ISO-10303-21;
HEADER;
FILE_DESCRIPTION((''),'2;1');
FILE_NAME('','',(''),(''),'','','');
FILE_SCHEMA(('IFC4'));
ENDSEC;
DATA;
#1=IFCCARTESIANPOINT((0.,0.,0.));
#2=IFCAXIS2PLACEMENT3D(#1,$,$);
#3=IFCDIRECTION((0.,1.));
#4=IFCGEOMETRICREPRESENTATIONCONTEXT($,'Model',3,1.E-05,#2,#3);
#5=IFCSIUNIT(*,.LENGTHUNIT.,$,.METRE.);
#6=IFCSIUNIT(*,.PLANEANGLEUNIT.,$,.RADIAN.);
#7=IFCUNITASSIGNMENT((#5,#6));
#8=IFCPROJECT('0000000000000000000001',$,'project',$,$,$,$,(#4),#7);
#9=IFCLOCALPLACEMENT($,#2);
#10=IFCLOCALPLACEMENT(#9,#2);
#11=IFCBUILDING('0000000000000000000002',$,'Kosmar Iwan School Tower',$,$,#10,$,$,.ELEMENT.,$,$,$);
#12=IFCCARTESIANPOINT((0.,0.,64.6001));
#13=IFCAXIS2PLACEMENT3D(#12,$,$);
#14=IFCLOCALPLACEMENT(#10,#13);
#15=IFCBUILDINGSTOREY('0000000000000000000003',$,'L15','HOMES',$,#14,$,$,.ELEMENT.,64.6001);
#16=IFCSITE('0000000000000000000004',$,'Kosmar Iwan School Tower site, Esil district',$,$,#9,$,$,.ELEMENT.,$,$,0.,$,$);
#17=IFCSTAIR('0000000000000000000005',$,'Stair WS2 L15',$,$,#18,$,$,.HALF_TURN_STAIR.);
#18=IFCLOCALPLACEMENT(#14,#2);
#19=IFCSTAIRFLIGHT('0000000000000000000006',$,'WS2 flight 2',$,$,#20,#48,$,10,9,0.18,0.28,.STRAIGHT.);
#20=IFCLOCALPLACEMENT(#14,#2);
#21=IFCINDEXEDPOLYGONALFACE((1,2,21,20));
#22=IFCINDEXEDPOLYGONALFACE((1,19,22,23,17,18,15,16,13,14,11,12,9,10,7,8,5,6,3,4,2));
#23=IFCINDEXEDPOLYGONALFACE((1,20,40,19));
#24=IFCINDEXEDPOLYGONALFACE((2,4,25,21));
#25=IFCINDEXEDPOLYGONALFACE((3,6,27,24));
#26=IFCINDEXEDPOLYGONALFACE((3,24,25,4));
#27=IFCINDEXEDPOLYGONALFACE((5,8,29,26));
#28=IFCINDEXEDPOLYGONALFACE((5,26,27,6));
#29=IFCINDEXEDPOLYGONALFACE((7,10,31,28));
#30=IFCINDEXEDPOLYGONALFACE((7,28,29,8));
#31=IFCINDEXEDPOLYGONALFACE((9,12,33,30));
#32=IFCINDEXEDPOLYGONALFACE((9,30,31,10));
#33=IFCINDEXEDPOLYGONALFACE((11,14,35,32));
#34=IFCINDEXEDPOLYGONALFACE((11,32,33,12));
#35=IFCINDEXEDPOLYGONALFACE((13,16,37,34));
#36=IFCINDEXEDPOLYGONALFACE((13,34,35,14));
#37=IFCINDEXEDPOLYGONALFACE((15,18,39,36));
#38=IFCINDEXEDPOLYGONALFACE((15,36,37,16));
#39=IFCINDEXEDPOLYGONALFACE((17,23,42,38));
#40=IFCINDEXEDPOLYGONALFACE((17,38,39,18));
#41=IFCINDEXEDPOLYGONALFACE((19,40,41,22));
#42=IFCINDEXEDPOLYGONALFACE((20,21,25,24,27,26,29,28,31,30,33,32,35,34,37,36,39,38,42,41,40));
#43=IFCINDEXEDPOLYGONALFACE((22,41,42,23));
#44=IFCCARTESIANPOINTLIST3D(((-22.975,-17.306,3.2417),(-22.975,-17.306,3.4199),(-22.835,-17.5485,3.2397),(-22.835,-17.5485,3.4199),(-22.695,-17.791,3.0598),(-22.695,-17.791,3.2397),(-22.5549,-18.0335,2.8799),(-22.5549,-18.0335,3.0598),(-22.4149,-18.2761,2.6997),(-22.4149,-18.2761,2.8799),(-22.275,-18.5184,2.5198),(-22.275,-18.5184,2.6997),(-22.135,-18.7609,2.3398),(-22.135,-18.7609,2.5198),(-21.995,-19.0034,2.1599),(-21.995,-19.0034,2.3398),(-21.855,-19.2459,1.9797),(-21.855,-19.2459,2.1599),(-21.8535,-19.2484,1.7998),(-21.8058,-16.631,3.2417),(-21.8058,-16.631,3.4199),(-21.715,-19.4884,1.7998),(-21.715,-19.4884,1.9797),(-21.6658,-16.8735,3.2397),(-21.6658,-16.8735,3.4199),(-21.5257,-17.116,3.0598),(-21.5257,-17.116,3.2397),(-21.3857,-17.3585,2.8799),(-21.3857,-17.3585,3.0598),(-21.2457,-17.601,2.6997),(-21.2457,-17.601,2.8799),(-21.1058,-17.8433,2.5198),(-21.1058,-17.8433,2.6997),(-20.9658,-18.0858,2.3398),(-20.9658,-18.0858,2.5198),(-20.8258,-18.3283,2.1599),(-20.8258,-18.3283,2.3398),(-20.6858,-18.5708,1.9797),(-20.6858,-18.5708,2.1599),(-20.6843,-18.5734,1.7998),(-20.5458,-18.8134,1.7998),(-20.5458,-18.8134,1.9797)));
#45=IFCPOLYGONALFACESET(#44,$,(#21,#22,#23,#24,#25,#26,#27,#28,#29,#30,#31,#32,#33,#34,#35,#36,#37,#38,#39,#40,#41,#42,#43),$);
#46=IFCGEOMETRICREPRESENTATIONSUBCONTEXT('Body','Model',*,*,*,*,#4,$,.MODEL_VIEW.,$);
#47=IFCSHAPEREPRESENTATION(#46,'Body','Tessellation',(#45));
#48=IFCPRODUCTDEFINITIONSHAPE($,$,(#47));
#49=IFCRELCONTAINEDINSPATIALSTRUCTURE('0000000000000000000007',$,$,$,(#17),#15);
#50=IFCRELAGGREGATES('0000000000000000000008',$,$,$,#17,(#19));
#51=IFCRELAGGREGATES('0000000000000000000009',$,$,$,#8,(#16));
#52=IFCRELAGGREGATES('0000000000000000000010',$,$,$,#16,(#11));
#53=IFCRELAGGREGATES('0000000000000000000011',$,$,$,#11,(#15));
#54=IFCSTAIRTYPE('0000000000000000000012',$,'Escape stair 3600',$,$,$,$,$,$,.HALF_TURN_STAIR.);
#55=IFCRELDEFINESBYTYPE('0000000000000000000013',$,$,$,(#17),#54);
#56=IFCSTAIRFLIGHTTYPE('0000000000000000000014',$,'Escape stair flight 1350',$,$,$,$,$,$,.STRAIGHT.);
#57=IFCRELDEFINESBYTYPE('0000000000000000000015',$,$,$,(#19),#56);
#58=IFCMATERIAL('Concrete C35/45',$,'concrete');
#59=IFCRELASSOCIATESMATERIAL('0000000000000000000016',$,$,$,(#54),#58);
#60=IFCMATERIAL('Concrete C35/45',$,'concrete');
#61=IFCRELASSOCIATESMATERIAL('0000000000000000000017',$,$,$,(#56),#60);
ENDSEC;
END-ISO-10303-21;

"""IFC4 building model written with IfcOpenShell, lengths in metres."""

from ifc_helpers import new_model, si_unit, direction, frame, origin, place, context, subcontext, project, spatial, polyline, outline, extrude, material, type_object, element, aggregate, save


model = new_model("IFC4")

# Units and contexts
model_context = context("Model", 3, precision=1e-05, world=origin(), true_north=direction((0.0, 1.0)))
body_context = subcontext(model_context, "Body", "Model", "MODEL_VIEW")
ifc_project = project(units=[si_unit("LENGTHUNIT", "METRE"), si_unit("PLANEANGLEUNIT", "RADIAN")], contexts=[model_context])

# Site, building, storey
site_placement = place(None, origin())
site = spatial("IfcSite", under=ifc_project, at=site_placement, Name="Kosmar Iwan School Tower site, Esil district", CompositionType="ELEMENT", RefElevation=0.0)
building_placement = place(site_placement, origin())
building = spatial("IfcBuilding", under=site, at=building_placement, Name="Kosmar Iwan School Tower", CompositionType="ELEMENT")
storey_placement = place(building_placement, frame((0.0, 0.0, 64.6001)))
storey = spatial("IfcBuildingStorey", under=building, at=storey_placement, Name="L15", Description="HOMES", CompositionType="ELEMENT", Elevation=64.6001)

# Stair, stair flight
ifc_material_1 = material(Name="Concrete C35/45", Category="concrete")
stair_type = type_object("IfcStairType", Name="Escape stair 3600", PredefinedType="HALF_TURN_STAIR", material=ifc_material_1)
stair_placement = place(storey_placement, origin())
stair = element("IfcStair", 1, at=stair_placement, inside=storey, type_object=stair_type, Name="Stair WS2 L15", PredefinedType="HALF_TURN_STAIR")
ifc_material_2 = material(Name="Concrete C35/45", Category="concrete")
stair_flight_type = type_object("IfcStairFlightType", Name="Escape stair flight 1350", PredefinedType="STRAIGHT", material=ifc_material_2)
stair_flight_1_placement = place(storey_placement, frame((-21.1304, -19.1509, 1.7998), z_axis=(0.0, 0.0, 1.0), x_axis=(-0.5, 0.866025, 0.0)))
stair_flight_1 = element("IfcStairFlight", 2, at=stair_flight_1_placement, type_object=stair_flight_type, Name="WS2 flight 2", NumberOfRisers=10, NumberOfTreads=9, PredefinedType="STRAIGHT", RiserHeight=0.18, TreadLength=0.28, context=body_context, shape_type="SweptSolid", body=[
    extrude(outline(polyline([(0.0, 0.0), (0.0, 0.1799), (0.28, 0.1799), (0.28, 0.3601), (0.5601, 0.3601), (0.5601, 0.54), (0.8401, 0.54), (0.8401, 0.72), (1.1201, 0.72), (1.1201, 0.8999), (1.3999, 0.8999), (1.3999, 1.0801), (1.6799, 1.0801), (1.6799, 1.26), (1.96, 1.26), (1.96, 1.4399), (2.24, 1.4399), (2.24, 1.6201), (2.52, 1.6201), (2.52, 1.8), (2.52, 1.4419), (0.2771, 0.0), (0.0, 0.0)])), frame((0.0, 0.675, 0.0), z_axis=(0.0, -1.0, 0.0), x_axis=(1.0, 0.0, 0.0)), (0.0, 0.0, 1.0), 1.3501),
])
aggregate(stair, [stair_flight_1])

save(model, "model.ifc")
